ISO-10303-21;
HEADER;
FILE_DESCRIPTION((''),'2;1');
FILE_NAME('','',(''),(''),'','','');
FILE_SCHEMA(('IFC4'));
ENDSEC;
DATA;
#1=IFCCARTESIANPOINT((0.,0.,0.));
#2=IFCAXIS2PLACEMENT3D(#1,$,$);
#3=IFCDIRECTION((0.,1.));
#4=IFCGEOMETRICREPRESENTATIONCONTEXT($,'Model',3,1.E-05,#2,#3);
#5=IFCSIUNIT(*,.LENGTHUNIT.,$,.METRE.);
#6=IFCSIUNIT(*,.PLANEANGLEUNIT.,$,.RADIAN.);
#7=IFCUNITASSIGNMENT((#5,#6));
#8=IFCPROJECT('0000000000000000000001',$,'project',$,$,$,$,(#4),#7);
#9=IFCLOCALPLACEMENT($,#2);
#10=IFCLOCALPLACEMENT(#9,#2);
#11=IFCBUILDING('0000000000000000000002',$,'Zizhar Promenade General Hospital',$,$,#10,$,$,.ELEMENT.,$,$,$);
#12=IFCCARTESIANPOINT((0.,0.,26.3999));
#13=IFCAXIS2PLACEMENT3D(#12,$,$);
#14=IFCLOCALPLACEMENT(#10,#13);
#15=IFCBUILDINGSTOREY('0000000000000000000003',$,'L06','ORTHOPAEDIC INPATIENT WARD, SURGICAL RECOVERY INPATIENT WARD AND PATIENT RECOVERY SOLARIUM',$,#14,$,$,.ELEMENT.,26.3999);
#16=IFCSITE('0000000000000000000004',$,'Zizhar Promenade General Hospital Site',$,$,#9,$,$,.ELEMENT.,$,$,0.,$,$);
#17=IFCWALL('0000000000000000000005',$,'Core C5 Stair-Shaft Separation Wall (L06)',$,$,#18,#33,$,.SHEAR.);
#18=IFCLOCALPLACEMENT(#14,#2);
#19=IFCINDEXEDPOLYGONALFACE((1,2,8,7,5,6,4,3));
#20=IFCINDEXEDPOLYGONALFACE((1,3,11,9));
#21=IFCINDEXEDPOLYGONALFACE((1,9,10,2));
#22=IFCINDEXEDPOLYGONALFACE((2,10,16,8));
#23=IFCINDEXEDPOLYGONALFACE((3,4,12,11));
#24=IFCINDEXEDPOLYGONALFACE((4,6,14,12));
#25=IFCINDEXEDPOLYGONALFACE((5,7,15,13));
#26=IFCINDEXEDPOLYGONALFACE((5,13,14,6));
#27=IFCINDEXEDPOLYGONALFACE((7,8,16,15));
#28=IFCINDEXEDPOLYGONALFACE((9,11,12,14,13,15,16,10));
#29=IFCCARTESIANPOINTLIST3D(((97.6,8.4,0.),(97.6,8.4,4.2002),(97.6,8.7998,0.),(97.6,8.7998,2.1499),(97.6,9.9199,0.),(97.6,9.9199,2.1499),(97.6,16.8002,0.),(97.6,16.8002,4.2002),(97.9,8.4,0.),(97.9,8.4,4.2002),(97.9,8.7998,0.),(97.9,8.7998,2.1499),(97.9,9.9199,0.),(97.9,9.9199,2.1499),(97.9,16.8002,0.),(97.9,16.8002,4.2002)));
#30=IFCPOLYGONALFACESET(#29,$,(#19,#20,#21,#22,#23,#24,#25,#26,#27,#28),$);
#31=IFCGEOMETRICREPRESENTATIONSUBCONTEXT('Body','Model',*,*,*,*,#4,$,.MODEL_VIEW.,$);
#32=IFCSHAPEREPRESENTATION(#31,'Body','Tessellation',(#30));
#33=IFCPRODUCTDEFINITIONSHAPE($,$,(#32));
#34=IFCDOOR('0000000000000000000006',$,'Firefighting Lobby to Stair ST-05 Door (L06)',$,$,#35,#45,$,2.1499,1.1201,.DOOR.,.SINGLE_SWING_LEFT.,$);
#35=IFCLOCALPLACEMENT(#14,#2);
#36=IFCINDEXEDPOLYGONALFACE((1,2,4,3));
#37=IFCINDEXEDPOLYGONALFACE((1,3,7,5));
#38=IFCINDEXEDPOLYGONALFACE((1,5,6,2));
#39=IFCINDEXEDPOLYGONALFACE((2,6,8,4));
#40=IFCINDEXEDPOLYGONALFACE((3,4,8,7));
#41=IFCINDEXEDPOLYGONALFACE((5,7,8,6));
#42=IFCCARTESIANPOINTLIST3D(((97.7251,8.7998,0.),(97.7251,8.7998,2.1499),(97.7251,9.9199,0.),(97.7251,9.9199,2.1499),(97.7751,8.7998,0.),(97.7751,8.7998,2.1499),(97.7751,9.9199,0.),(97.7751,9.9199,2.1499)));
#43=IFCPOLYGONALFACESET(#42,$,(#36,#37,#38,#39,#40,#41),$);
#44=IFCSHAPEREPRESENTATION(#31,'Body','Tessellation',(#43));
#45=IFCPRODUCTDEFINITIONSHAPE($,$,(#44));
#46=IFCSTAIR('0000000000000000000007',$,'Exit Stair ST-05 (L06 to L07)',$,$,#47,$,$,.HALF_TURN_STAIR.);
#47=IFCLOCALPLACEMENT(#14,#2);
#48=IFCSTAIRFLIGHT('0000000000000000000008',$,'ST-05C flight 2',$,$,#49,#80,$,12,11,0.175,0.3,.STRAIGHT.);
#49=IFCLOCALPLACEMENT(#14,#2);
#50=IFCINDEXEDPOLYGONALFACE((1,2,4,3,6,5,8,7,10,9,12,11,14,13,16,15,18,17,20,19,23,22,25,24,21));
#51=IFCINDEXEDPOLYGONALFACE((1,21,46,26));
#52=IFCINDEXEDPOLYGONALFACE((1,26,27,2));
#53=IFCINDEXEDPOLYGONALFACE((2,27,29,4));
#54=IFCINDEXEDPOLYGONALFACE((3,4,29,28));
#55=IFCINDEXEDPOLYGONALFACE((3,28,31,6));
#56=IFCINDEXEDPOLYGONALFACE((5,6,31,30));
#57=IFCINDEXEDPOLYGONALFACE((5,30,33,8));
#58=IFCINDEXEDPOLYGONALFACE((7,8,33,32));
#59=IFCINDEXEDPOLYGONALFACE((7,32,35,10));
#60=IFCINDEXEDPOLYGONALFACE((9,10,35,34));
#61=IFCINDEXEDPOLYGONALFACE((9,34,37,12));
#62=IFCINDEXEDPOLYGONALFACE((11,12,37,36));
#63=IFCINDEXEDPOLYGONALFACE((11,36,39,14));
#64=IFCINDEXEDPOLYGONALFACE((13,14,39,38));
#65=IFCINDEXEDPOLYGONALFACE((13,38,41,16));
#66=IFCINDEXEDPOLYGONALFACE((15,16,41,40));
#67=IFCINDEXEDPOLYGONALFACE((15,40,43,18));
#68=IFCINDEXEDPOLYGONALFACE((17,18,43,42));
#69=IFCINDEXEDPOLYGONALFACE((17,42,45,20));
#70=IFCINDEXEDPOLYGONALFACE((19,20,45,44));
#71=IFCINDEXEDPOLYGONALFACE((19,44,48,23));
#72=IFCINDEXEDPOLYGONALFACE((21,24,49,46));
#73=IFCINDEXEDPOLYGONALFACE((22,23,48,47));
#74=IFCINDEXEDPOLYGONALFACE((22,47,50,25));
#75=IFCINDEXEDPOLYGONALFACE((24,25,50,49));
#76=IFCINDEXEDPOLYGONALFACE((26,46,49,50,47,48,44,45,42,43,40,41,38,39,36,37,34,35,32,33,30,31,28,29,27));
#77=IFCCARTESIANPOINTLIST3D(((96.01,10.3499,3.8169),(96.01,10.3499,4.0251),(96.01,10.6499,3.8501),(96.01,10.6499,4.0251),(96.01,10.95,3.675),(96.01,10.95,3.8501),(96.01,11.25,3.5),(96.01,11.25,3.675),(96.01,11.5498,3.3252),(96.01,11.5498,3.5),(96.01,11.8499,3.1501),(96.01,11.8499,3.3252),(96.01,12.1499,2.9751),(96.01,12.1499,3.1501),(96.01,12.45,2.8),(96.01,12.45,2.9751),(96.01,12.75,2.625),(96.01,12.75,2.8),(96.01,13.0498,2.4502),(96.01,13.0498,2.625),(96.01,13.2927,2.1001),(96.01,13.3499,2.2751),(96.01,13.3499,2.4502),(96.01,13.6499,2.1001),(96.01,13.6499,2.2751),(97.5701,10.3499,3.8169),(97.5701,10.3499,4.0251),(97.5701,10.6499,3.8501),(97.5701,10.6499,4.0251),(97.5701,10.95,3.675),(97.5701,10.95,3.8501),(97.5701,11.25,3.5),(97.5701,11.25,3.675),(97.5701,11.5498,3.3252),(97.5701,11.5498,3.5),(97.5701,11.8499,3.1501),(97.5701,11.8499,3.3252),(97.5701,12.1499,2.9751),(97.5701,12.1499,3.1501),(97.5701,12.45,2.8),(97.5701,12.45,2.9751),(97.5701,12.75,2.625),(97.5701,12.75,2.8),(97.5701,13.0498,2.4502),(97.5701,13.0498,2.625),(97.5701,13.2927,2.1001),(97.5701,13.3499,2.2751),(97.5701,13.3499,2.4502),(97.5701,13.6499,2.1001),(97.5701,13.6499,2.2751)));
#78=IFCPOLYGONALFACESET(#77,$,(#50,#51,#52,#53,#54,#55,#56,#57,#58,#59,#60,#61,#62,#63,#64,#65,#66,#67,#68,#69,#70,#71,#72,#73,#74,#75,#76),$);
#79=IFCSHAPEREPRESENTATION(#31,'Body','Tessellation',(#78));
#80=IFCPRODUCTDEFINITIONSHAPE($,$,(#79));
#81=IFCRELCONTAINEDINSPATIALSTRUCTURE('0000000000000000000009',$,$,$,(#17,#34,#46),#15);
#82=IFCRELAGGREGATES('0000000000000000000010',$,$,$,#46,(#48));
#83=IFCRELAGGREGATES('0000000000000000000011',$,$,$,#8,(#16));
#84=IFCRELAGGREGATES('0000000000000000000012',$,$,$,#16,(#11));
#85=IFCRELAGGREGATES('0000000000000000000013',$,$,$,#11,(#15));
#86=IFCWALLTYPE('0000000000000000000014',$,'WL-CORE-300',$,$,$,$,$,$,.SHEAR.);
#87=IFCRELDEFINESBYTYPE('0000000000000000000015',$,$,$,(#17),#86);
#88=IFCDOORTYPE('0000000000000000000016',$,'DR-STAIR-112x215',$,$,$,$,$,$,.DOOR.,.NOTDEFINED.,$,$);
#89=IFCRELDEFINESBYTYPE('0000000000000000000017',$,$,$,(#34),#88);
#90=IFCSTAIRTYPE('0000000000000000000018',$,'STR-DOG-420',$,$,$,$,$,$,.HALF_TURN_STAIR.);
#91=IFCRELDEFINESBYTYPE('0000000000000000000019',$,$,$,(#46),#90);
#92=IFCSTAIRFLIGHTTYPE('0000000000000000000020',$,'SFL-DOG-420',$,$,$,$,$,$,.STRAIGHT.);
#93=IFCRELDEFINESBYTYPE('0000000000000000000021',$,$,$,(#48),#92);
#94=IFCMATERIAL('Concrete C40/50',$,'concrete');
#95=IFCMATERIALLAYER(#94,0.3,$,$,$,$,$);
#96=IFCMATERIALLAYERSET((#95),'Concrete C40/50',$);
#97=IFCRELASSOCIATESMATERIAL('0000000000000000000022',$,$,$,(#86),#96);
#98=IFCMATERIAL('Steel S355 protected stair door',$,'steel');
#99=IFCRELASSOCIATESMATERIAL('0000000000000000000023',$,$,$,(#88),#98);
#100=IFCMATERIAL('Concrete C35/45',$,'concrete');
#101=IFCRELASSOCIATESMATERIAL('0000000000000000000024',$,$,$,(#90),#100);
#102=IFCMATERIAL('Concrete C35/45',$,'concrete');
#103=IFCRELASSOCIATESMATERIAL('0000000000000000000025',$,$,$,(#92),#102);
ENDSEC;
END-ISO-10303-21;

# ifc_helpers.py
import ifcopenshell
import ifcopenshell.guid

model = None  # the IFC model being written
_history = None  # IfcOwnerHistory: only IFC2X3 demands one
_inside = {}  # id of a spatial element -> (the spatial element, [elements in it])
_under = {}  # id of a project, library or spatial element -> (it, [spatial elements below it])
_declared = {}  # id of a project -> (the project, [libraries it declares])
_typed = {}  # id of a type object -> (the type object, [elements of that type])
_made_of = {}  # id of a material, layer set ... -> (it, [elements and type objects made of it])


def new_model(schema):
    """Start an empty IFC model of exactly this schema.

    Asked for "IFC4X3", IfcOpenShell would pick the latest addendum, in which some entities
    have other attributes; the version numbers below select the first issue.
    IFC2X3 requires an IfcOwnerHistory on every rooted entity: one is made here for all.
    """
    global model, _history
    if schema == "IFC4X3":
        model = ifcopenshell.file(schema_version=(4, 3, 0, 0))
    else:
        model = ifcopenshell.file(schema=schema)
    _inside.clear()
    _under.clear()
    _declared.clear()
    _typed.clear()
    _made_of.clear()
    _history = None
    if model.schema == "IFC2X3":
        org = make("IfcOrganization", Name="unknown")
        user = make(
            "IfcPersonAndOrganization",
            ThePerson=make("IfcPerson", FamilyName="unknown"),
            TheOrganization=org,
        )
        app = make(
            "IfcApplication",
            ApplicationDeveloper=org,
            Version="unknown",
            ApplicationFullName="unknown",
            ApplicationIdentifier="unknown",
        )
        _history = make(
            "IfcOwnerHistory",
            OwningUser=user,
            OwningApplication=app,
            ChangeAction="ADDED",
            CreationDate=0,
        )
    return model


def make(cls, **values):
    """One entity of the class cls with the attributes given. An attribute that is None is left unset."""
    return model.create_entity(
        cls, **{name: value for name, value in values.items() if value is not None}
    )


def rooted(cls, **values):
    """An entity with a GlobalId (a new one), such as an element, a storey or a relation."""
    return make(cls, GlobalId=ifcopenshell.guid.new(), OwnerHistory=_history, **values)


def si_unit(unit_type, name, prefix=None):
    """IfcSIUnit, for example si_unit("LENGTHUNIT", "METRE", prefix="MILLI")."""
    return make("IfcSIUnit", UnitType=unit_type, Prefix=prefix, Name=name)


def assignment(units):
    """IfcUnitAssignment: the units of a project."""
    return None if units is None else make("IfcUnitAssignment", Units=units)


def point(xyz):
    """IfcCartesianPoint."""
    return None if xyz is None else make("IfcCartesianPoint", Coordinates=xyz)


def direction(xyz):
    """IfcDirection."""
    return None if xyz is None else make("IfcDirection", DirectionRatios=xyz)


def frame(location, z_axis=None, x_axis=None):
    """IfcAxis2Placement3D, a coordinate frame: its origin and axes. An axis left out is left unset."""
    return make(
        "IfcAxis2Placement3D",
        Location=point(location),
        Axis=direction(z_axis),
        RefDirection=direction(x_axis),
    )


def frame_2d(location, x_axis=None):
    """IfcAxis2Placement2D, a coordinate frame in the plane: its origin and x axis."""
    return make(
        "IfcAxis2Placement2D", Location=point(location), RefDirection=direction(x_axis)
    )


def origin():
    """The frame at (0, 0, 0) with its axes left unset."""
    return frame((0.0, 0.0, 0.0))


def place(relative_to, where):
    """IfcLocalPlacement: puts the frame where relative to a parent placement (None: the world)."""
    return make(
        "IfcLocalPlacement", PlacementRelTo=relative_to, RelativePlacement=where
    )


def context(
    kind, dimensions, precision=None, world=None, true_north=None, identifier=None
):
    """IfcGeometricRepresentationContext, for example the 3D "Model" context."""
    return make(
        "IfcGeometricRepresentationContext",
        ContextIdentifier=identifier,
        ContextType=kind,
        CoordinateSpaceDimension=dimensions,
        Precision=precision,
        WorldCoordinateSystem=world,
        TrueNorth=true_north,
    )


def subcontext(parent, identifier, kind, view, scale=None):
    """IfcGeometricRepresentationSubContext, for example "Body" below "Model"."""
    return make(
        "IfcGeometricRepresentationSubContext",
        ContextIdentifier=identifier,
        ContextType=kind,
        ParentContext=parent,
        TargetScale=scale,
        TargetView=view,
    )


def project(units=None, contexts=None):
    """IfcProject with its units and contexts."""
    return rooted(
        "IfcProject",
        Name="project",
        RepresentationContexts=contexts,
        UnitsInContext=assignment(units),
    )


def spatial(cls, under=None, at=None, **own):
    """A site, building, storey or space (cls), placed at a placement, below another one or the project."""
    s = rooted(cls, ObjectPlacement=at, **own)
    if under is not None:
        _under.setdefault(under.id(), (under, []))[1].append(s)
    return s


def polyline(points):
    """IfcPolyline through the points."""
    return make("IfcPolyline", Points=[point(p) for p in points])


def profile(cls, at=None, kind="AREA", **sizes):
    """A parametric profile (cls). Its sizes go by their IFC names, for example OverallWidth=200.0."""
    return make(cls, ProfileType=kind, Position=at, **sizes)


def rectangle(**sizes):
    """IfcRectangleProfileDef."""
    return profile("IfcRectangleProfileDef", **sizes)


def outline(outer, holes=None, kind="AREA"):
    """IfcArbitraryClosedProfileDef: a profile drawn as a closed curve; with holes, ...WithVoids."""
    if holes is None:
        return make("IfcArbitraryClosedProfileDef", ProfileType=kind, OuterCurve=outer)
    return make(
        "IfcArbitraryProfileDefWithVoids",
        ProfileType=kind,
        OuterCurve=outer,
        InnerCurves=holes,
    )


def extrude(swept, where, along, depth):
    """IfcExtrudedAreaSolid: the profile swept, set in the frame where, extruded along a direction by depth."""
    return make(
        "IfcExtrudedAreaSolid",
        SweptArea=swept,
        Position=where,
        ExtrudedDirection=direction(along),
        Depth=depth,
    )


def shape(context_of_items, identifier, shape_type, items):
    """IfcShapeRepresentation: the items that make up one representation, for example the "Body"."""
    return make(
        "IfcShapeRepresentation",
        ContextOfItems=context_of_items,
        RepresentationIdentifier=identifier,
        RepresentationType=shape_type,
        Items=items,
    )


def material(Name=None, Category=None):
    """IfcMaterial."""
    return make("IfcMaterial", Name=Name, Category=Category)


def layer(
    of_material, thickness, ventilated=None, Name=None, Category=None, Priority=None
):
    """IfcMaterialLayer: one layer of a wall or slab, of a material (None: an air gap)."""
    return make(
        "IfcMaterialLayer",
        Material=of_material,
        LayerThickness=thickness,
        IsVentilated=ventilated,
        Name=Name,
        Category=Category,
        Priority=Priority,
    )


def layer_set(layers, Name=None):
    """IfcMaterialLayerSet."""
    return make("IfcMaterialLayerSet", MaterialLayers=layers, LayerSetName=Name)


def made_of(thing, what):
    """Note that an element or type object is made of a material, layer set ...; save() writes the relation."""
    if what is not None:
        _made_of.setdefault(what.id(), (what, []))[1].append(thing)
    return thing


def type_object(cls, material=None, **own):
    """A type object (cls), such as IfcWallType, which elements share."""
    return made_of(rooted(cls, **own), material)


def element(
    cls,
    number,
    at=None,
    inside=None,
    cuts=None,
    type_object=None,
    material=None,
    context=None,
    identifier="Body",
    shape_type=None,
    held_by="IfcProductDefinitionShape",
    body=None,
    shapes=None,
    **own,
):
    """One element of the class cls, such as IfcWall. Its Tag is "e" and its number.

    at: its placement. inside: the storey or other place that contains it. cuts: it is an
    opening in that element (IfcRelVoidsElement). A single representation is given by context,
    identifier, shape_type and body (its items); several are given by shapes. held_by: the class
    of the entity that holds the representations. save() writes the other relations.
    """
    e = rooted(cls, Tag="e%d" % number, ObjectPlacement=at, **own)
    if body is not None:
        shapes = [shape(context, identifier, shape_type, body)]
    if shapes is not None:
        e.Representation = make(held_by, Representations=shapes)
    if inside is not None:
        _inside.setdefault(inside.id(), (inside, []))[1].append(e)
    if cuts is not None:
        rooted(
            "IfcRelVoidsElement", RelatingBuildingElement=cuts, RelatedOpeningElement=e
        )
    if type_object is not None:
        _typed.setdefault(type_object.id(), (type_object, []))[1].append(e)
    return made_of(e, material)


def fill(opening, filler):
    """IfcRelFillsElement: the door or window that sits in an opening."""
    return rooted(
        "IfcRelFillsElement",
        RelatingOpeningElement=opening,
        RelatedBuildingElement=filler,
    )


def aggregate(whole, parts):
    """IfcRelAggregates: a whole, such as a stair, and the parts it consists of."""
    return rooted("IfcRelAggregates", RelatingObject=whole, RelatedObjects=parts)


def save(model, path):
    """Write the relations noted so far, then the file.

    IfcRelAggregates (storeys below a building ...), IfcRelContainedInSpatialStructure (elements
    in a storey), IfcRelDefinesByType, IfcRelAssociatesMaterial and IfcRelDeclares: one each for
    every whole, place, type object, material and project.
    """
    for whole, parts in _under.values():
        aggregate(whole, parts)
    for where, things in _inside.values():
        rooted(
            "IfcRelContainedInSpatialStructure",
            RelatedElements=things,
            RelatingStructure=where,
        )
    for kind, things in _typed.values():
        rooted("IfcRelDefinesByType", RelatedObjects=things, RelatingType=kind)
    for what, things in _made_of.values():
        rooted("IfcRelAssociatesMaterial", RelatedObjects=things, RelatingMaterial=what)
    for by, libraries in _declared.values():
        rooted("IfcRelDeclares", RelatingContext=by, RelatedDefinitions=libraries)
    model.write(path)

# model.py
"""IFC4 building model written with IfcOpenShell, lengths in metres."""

from ifc_helpers import new_model, si_unit, direction, frame, frame_2d, origin, place, context, subcontext, project, spatial, polyline, rectangle, outline, extrude, material, layer, layer_set, type_object, element, fill, aggregate, save


model = new_model("IFC4")

# Units and contexts
model_context = context("Model", 3, precision=1e-05, world=origin(), true_north=direction((0.0, 1.0)))
body_context = subcontext(model_context, "Body", "Model", "MODEL_VIEW")
ifc_project = project(units=[si_unit("LENGTHUNIT", "METRE"), si_unit("PLANEANGLEUNIT", "RADIAN")], contexts=[model_context])

# Site, building, storey
site_placement = place(None, origin())
site = spatial("IfcSite", under=ifc_project, at=site_placement, Name="Zizhar Promenade General Hospital Site", CompositionType="ELEMENT", RefElevation=0.0)
building_placement = place(site_placement, origin())
building = spatial("IfcBuilding", under=site, at=building_placement, Name="Zizhar Promenade General Hospital", CompositionType="ELEMENT")
storey_placement = place(building_placement, frame((0.0, 0.0, 26.3999)))
storey = spatial("IfcBuildingStorey", under=building, at=storey_placement, Name="L06", Description="ORTHOPAEDIC INPATIENT WARD, SURGICAL RECOVERY INPATIENT WARD AND PATIENT RECOVERY SOLARIUM", CompositionType="ELEMENT", Elevation=26.3999)

# Shared definitions
ifc_material_1 = material(Name="Concrete C40/50", Category="concrete")
ifc_layer_1 = layer(ifc_material_1, 0.3)
ifc_layer_set_1 = layer_set([ifc_layer_1], Name="Concrete C40/50")
wall_type_1 = type_object("IfcWallType", Name="WL-CORE-300", PredefinedType="SHEAR", material=ifc_layer_set_1)

# Wall, opening, door
wall_1_placement = place(storey_placement, frame((97.75, 8.3999, 0.0), z_axis=(0.0, 0.0, 1.0), x_axis=(0.0, 1.0, 0.0)))
wall_1 = element("IfcWall", 1, at=wall_1_placement, inside=storey, type_object=wall_type_1, Name="Core C5 Stair-Shaft Separation Wall (L06)", PredefinedType="SHEAR", context=body_context, shape_type="SweptSolid", body=[
    extrude(rectangle(XDim=8.4001, YDim=0.3, at=frame_2d((4.2002, 0.0))), origin(), (0.0, 0.0, 1.0), 4.2002),
])
opening_1_placement = place(wall_1_placement, frame((0.3999, 0.0, 0.0)))
opening_1 = element("IfcOpeningElement", 2, at=opening_1_placement, cuts=wall_1, PredefinedType="OPENING", context=body_context, shape_type="SweptSolid", body=[
    extrude(rectangle(XDim=1.1201, YDim=2.1499, at=frame_2d((0.5601, 1.075))), frame((0.0, 0.1602, 0.0), z_axis=(0.0, -1.0, 0.0), x_axis=(1.0, 0.0, 0.0)), (0.0, 0.0, 1.0), 0.3201),
])
ifc_material_2 = material(Name="Steel S355 protected stair door", Category="steel")
door_type_1 = type_object("IfcDoorType", Name="DR-STAIR-112x215", OperationType="NOTDEFINED", PredefinedType="DOOR", material=ifc_material_2)
door_1_placement = place(opening_1_placement, origin())
door_1 = element("IfcDoor", 3, at=door_1_placement, inside=storey, type_object=door_type_1, Name="Firefighting Lobby to Stair ST-05 Door (L06)", OperationType="SINGLE_SWING_LEFT", OverallHeight=2.1499, OverallWidth=1.1201, PredefinedType="DOOR", context=body_context, shape_type="SweptSolid", body=[
    extrude(rectangle(XDim=1.1201, YDim=2.1499, at=frame_2d((0.5601, 1.075))), frame((0.0, 0.0249, 0.0), z_axis=(0.0, -1.0, 0.0), x_axis=(1.0, 0.0, 0.0)), (0.0, 0.0, 1.0), 0.05),
])
fill(opening_1, door_1)

# Stair, stair flight
ifc_material_3 = material(Name="Concrete C35/45", Category="concrete")
stair_type = type_object("IfcStairType", Name="STR-DOG-420", PredefinedType="HALF_TURN_STAIR", material=ifc_material_3)
stair_placement = place(storey_placement, origin())
stair = element("IfcStair", 4, at=stair_placement, inside=storey, type_object=stair_type, Name="Exit Stair ST-05 (L06 to L07)", PredefinedType="HALF_TURN_STAIR")
ifc_material_4 = material(Name="Concrete C35/45", Category="concrete")
stair_flight_type = type_object("IfcStairFlightType", Name="SFL-DOG-420", PredefinedType="STRAIGHT", material=ifc_material_4)
stair_flight_placement = place(storey_placement, frame((96.79, 13.6499, 2.1001), z_axis=(0.0, 0.0, 1.0), x_axis=(0.0, -1.0, 0.0)))
stair_flight = element("IfcStairFlight", 5, at=stair_flight_placement, type_object=stair_flight_type, Name="ST-05C flight 2", NumberOfRisers=12, NumberOfTreads=11, PredefinedType="STRAIGHT", RiserHeight=0.175, TreadLength=0.3, context=body_context, shape_type="SweptSolid", body=[
    extrude(outline(polyline([(0.0, 0.0), (0.0, 0.175), (0.3, 0.175), (0.3, 0.3501), (0.6001, 0.3501), (0.6001, 0.5249), (0.8999, 0.5249), (0.8999, 0.7), (1.2, 0.7), (1.2, 0.875), (1.5, 0.875), (1.5, 1.05), (1.8, 1.05), (1.8, 1.2251), (2.1001, 1.2251), (2.1001, 1.3999), (2.3999, 1.3999), (2.3999, 1.575), (2.7, 1.575), (2.7, 1.75), (3.0, 1.75), (3.0, 1.925), (3.3, 1.925), (3.3, 2.1001), (3.3, 1.7168), (0.3572, 0.0), (0.0, 0.0)])), frame((0.0, 0.78, 0.0), z_axis=(0.0, -1.0, 0.0), x_axis=(1.0, 0.0, 0.0)), (0.0, 0.0, 1.0), 1.5601),
])
aggregate(stair, [stair_flight])

save(model, "model.ifc")
